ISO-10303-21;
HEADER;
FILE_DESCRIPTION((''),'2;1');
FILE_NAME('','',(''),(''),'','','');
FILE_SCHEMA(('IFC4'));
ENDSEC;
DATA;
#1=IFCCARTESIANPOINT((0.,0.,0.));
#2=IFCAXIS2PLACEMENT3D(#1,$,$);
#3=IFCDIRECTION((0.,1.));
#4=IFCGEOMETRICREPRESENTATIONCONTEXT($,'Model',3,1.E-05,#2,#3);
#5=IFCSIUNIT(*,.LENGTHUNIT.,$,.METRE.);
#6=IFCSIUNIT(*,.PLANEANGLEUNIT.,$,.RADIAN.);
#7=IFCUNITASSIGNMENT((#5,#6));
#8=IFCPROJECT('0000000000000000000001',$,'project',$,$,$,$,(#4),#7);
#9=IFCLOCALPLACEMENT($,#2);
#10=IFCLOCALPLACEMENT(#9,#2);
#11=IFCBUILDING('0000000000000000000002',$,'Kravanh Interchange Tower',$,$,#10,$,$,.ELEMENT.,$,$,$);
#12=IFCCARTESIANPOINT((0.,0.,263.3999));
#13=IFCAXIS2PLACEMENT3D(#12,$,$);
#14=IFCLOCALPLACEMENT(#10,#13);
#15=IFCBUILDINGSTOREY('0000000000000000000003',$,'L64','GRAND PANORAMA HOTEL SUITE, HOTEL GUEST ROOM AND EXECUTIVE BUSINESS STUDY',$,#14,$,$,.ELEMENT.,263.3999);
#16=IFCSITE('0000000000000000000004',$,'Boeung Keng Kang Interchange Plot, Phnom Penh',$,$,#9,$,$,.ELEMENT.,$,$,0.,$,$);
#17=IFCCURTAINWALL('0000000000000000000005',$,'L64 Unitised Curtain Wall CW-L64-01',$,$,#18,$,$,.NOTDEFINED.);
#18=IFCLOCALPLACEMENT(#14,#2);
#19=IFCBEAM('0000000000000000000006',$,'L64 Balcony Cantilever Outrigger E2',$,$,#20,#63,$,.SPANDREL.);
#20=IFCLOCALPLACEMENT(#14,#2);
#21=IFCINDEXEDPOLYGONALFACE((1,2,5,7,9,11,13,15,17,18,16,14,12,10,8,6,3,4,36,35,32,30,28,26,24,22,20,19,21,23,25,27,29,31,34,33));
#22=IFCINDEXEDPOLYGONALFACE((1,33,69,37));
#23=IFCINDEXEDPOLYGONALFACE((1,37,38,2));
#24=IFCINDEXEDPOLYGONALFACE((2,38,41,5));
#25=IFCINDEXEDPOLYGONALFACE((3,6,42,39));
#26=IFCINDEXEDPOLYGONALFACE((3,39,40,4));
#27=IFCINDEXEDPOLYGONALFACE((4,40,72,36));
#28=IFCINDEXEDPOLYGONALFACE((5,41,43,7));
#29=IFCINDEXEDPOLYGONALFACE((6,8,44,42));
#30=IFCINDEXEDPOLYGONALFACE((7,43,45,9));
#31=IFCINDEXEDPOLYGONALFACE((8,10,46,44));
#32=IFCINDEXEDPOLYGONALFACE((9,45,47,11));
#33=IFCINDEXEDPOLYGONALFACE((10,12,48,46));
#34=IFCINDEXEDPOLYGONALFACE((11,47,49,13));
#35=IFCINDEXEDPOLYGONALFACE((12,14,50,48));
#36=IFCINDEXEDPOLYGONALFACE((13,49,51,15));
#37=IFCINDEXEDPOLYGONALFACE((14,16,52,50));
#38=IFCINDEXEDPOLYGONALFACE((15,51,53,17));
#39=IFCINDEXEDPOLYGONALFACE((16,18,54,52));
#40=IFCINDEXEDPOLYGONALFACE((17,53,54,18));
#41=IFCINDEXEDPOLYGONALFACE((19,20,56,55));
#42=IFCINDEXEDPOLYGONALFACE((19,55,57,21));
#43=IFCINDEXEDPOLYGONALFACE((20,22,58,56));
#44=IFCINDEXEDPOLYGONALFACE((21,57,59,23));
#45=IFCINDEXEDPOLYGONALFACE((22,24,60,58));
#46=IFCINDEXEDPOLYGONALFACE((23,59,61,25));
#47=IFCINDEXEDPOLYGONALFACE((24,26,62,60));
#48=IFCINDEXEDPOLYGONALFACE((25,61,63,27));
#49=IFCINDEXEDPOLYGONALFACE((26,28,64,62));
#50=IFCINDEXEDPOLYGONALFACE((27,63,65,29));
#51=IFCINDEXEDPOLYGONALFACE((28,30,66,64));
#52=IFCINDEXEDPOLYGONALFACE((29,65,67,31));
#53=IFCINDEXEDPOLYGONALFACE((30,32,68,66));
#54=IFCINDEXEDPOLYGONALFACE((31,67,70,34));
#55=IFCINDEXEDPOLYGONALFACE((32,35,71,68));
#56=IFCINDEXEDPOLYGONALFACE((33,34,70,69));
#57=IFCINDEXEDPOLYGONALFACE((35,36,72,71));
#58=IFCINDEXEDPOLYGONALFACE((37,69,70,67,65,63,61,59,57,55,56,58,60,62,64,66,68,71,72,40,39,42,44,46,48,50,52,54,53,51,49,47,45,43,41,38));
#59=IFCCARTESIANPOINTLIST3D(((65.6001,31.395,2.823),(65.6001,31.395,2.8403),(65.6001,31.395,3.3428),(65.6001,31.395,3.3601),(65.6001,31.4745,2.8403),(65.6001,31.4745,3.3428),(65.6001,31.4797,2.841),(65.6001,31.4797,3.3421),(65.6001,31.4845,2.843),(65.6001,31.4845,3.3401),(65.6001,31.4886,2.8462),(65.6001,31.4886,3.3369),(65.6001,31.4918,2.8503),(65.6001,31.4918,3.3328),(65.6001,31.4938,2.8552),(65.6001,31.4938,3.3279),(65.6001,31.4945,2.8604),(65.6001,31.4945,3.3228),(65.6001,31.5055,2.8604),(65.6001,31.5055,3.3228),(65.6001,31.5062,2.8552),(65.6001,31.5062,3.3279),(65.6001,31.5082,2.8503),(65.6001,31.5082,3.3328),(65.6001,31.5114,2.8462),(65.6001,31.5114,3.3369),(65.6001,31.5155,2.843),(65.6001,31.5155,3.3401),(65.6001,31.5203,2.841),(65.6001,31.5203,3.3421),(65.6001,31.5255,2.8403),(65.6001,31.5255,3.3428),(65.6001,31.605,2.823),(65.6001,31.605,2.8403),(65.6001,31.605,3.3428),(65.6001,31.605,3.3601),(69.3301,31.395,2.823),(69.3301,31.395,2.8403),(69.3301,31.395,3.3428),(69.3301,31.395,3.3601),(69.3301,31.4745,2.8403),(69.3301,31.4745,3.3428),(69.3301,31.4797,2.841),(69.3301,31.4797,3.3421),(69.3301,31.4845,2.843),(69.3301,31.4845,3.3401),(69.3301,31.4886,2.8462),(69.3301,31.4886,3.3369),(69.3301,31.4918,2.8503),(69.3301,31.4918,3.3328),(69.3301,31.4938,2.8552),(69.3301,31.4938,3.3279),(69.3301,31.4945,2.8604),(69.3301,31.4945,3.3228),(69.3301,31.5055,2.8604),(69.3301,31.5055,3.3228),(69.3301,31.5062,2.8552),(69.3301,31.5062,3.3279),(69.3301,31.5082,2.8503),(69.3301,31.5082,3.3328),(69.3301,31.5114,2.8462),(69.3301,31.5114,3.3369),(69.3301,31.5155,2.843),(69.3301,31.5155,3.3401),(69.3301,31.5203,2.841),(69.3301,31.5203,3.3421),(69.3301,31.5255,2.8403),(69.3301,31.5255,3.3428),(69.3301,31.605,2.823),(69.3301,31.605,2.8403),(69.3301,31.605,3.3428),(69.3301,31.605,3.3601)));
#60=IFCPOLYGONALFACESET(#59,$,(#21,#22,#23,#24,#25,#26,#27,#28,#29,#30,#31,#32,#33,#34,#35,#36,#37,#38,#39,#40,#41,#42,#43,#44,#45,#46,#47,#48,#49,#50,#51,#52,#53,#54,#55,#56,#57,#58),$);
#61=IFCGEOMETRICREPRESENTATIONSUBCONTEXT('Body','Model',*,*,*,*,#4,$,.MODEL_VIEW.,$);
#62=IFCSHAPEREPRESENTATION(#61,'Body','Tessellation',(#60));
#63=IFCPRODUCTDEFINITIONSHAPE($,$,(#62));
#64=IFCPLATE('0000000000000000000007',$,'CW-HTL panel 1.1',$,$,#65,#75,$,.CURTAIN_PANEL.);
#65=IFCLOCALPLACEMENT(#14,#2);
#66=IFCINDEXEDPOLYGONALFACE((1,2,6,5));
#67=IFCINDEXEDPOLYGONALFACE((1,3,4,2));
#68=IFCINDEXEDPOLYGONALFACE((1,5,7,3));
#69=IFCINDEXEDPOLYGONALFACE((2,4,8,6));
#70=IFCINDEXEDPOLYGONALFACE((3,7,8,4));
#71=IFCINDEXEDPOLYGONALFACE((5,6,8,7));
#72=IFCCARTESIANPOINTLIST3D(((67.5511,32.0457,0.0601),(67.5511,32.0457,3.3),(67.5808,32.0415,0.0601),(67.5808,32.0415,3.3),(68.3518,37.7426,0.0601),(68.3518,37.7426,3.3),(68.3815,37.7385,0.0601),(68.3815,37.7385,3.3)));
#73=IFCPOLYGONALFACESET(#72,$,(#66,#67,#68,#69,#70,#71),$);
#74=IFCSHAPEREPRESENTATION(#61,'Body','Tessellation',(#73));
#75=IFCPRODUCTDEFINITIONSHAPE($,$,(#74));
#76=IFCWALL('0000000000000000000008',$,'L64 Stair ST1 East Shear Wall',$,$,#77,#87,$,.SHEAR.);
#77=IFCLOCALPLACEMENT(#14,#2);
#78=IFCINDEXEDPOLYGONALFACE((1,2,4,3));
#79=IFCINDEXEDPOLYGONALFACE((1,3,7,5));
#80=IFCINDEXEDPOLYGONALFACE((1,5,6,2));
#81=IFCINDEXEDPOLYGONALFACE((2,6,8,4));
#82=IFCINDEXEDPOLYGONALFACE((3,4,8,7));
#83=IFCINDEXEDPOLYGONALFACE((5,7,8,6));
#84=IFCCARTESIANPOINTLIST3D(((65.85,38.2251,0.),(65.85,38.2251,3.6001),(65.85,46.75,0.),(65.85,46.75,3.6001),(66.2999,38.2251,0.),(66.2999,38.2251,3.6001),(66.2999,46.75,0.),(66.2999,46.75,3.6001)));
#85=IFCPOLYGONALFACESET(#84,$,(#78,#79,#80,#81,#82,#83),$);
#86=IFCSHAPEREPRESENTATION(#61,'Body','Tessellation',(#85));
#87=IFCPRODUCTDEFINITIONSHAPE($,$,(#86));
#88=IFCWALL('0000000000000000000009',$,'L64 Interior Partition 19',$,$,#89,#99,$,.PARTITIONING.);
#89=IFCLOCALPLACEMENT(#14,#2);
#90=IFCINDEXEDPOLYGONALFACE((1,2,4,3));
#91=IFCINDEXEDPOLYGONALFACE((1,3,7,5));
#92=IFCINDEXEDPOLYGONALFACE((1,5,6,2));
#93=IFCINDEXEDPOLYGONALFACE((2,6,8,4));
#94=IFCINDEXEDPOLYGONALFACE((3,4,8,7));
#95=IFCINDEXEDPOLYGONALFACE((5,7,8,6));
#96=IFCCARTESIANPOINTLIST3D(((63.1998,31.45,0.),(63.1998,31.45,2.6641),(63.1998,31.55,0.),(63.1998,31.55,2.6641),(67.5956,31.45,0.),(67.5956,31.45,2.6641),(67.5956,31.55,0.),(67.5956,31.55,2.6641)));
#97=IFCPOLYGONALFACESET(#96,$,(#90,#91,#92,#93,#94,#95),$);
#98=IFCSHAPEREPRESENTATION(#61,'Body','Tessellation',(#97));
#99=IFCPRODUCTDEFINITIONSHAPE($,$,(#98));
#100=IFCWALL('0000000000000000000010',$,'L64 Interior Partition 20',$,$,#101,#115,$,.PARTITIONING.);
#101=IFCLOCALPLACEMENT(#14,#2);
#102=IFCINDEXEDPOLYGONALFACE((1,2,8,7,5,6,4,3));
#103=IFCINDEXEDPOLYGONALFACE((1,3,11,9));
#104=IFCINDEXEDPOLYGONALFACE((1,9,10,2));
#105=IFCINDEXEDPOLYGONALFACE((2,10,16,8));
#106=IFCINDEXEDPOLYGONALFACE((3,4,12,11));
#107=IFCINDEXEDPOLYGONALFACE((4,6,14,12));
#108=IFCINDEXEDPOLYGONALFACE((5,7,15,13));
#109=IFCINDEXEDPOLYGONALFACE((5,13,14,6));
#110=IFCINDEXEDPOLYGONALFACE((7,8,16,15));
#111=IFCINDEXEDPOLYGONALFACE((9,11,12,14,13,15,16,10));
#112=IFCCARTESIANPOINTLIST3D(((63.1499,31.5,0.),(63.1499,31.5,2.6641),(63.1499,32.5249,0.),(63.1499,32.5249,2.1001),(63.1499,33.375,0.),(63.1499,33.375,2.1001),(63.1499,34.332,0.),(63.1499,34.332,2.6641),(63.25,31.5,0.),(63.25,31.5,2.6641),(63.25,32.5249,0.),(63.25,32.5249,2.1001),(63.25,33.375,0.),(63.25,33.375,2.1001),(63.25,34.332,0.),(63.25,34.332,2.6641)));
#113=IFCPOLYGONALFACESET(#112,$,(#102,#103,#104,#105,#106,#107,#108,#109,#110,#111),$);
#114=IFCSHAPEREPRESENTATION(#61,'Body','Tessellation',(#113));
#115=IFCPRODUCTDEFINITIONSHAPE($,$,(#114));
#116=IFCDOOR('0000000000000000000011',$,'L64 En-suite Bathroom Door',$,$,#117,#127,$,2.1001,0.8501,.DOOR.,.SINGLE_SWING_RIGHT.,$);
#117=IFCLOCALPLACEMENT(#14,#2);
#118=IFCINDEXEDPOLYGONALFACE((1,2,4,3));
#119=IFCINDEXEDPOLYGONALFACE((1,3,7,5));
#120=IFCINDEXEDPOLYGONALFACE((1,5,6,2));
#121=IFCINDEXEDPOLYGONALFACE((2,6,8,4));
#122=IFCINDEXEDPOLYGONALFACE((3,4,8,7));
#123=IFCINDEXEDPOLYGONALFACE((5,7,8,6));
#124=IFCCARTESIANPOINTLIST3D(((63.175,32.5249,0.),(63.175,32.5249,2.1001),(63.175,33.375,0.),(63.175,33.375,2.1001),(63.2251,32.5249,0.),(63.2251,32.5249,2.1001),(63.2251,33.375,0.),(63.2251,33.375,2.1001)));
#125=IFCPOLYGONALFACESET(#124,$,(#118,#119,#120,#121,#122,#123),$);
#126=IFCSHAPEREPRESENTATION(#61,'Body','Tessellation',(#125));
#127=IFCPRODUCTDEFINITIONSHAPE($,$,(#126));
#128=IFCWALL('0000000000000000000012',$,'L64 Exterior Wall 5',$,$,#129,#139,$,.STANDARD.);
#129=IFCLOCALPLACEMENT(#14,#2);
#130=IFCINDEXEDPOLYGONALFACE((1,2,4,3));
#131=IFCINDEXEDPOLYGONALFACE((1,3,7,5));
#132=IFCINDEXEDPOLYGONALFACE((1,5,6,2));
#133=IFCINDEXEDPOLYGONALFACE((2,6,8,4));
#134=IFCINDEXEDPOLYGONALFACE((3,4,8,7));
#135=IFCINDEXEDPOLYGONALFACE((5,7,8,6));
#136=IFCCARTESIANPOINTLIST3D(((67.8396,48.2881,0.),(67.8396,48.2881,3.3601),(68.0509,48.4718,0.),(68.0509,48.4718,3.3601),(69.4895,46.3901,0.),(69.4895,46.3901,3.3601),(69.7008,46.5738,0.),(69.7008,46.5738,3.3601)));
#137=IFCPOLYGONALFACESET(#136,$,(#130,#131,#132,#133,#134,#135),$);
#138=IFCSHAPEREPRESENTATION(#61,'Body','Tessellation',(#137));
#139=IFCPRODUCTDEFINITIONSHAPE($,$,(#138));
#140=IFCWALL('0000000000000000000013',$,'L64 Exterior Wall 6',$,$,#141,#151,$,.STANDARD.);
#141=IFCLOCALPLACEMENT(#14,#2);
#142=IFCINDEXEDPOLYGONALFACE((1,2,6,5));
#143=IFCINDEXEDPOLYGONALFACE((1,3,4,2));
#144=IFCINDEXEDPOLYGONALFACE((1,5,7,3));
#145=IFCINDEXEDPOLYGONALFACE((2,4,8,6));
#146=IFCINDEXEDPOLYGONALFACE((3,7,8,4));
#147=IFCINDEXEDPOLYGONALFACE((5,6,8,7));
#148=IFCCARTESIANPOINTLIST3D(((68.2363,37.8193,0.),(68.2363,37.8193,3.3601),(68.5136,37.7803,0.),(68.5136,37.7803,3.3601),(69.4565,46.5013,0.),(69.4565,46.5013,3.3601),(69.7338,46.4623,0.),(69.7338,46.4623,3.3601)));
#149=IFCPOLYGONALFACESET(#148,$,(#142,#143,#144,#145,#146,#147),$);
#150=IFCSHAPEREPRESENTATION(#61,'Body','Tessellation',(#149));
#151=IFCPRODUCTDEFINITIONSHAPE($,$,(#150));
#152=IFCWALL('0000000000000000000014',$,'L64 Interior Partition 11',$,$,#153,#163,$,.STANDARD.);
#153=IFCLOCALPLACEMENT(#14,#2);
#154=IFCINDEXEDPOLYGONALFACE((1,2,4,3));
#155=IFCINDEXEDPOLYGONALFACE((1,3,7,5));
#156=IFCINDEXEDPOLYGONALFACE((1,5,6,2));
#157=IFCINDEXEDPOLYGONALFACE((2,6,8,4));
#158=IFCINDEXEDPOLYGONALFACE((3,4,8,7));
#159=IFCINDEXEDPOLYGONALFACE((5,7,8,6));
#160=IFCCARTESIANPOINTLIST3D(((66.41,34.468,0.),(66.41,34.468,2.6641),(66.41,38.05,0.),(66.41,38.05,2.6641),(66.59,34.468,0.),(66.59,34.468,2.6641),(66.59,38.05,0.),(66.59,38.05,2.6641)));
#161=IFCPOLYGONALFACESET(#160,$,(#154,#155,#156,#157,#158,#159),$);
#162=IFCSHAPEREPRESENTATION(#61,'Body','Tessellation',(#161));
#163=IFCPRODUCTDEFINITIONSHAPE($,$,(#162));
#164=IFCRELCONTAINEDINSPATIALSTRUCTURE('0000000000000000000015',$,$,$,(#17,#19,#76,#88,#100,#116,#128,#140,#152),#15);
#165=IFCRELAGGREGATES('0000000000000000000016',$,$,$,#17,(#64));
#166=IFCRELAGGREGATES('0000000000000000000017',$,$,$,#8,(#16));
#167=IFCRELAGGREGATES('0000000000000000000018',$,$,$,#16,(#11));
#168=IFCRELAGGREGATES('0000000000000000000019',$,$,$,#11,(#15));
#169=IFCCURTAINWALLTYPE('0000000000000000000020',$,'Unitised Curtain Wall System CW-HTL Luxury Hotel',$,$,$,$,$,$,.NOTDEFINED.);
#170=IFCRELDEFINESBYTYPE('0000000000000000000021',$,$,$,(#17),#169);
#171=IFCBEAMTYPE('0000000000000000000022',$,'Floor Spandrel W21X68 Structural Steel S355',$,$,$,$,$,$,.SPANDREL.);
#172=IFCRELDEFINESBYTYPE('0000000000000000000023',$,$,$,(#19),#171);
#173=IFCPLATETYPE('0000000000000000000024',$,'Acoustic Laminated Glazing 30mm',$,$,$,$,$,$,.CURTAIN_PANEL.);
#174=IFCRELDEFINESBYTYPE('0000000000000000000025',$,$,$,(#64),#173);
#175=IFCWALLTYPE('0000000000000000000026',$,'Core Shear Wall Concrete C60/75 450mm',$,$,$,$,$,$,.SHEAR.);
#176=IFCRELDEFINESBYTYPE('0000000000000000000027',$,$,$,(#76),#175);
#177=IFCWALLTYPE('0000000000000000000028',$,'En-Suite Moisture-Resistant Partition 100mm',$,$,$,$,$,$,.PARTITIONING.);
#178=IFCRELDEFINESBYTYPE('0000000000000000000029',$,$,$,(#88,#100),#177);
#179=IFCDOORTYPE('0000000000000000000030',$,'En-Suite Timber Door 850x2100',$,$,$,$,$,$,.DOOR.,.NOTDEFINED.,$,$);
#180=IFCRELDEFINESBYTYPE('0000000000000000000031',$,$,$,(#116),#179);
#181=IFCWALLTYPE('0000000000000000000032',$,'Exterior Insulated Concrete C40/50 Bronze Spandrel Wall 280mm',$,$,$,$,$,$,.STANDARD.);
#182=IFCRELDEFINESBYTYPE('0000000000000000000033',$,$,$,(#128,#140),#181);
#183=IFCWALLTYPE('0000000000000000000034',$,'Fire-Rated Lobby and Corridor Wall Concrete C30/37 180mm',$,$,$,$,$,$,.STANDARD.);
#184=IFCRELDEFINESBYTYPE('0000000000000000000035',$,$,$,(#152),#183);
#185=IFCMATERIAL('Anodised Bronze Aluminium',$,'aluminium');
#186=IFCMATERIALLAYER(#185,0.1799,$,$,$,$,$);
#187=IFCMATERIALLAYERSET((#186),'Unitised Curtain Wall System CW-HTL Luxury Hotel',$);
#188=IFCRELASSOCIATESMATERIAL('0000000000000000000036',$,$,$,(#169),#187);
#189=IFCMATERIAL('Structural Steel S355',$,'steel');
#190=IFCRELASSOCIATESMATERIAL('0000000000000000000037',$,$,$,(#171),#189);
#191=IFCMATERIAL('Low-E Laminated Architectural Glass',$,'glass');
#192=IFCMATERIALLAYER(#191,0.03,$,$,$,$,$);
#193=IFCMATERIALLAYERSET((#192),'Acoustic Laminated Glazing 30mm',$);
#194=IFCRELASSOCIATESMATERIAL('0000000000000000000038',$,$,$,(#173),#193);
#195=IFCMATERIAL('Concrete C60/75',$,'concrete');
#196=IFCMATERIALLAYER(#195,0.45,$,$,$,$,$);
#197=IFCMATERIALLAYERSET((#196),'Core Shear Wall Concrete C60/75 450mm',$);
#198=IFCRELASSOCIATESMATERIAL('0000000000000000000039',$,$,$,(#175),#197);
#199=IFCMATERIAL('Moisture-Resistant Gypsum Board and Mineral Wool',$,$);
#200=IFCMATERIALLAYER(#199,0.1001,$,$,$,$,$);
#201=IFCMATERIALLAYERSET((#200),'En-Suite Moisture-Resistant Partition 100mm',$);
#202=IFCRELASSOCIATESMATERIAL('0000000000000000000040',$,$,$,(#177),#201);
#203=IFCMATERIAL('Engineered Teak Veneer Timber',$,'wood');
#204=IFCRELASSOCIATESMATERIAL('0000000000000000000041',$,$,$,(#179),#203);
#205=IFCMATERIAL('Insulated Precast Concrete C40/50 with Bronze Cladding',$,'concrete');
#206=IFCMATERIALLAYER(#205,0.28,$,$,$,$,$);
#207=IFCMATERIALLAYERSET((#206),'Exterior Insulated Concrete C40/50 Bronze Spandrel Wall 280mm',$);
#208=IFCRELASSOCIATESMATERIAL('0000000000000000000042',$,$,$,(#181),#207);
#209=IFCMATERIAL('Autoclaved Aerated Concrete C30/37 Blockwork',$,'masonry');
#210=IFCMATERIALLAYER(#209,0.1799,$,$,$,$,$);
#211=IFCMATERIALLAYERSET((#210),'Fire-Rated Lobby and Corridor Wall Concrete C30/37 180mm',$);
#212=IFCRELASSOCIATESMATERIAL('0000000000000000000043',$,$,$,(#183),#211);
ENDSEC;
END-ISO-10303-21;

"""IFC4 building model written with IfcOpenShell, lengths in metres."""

from ifc_helpers import new_model, si_unit, direction, frame, frame_2d, origin, origin_2d, place, context, subcontext, project, spatial, rectangle, i_section, extrude, material, layer, layer_set, material_profile, profile_set, type_object, element, fill, aggregate, save


model = new_model("IFC4")

# Units and contexts
model_context = context("Model", 3, precision=1e-05, world=origin(), true_north=direction((0.0, 1.0)))
body_context = subcontext(model_context, "Body", "Model", "MODEL_VIEW")
ifc_project = project(units=[si_unit("LENGTHUNIT", "METRE"), si_unit("PLANEANGLEUNIT", "RADIAN")], contexts=[model_context])

# Site, building, storey
site_placement = place(None, origin())
site = spatial("IfcSite", under=ifc_project, at=site_placement, Name="Boeung Keng Kang Interchange Plot, Phnom Penh", CompositionType="ELEMENT", RefElevation=0.0)
building_placement = place(site_placement, origin())
building = spatial("IfcBuilding", under=site, at=building_placement, Name="Kravanh Interchange Tower", CompositionType="ELEMENT")
storey_placement = place(building_placement, frame((0.0, 0.0, 263.3999)))
storey = spatial("IfcBuildingStorey", under=building, at=storey_placement, Name="L64", Description="GRAND PANORAMA HOTEL SUITE, HOTEL GUEST ROOM AND EXECUTIVE BUSINESS STUDY", CompositionType="ELEMENT", Elevation=263.3999)

# Curtain wall
ifc_material_1 = material(Name="Anodised Bronze Aluminium", Category="aluminium")
ifc_layer_1 = layer(ifc_material_1, 0.1799)
ifc_layer_set_1 = layer_set([ifc_layer_1], Name="Unitised Curtain Wall System CW-HTL Luxury Hotel")
curtain_wall_type = type_object("IfcCurtainWallType", Name="Unitised Curtain Wall System CW-HTL Luxury Hotel", PredefinedType="NOTDEFINED", material=ifc_layer_set_1)
curtain_wall_placement = place(storey_placement, origin())
curtain_wall = element("IfcCurtainWall", 1, at=curtain_wall_placement, inside=storey, type_object=curtain_wall_type, Name="L64 Unitised Curtain Wall CW-L64-01", PredefinedType="NOTDEFINED")

# Beam
ifc_material_2 = material(Name="Structural Steel S355", Category="steel")
ifc_material_profile_1 = material_profile(ifc_material_2, i_section(OverallWidth=0.21, OverallDepth=0.5371, WebThickness=0.011, FlangeThickness=0.0173, FilletRadius=0.02, at=origin_2d()), Name="W21X68")
ifc_profile_set_1 = profile_set([ifc_material_profile_1], Name="Structural Steel S355")
beam_type_1 = type_object("IfcBeamType", Name="Floor Spandrel W21X68 Structural Steel S355", PredefinedType="SPANDREL", material=ifc_profile_set_1)
beam_1_placement = place(storey_placement, frame((65.6001, 31.5, 3.0916), z_axis=(1.0, 0.0, 0.0), x_axis=(0.0, 1.0, 0.0)))
element("IfcBeam", 2, at=beam_1_placement, inside=storey, type_object=beam_type_1, Name="L64 Balcony Cantilever Outrigger E2", PredefinedType="SPANDREL", context=body_context, shape_type="SweptSolid", body=[
    extrude(i_section(OverallWidth=0.21, OverallDepth=0.5371, WebThickness=0.011, FlangeThickness=0.0173, FilletRadius=0.02, at=origin_2d()), origin(), (0.0, 0.0, 1.0), 3.73),
])

# Plate
ifc_material_3 = material(Name="Low-E Laminated Architectural Glass", Category="glass")
ifc_layer_2 = layer(ifc_material_3, 0.03)
ifc_layer_set_2 = layer_set([ifc_layer_2], Name="Acoustic Laminated Glazing 30mm")
plate_type = type_object("IfcPlateType", Name="Acoustic Laminated Glazing 30mm", PredefinedType="CURTAIN_PANEL", material=ifc_layer_set_2)
plate_placement = place(storey_placement, frame((67.9663, 34.8921, 0.0601), z_axis=(0.0, 0.0, 1.0), x_axis=(-0.139175, -0.990268, 0.0)))
plate = element("IfcPlate", 3, at=plate_placement, type_object=plate_type, Name="CW-HTL panel 1.1", PredefinedType="CURTAIN_PANEL", context=body_context, shape_type="SweptSolid", body=[
    extrude(rectangle(XDim=5.7529, YDim=0.03, at=origin_2d()), origin(), (0.0, 0.0, 1.0), 3.24),
])
aggregate(curtain_wall, [plate])

# Walls
ifc_material_4 = material(Name="Concrete C60/75", Category="concrete")
ifc_layer_3 = layer(ifc_material_4, 0.45)
ifc_layer_set_3 = layer_set([ifc_layer_3], Name="Core Shear Wall Concrete C60/75 450mm")
wall_type_1 = type_object("IfcWallType", Name="Core Shear Wall Concrete C60/75 450mm", PredefinedType="SHEAR", material=ifc_layer_set_3)
wall_1_placement = place(storey_placement, frame((66.075, 38.2251, 0.0), z_axis=(0.0, 0.0, 1.0), x_axis=(0.0, 1.0, 0.0)))
element("IfcWall", 4, at=wall_1_placement, inside=storey, type_object=wall_type_1, Name="L64 Stair ST1 East Shear Wall", PredefinedType="SHEAR", context=body_context, shape_type="SweptSolid", body=[
    extrude(rectangle(XDim=8.5249, YDim=0.45, at=frame_2d((4.2625, 0.0))), origin(), (0.0, 0.0, 1.0), 3.6001),
])
ifc_material_5 = material(Name="Moisture-Resistant Gypsum Board and Mineral Wool")
ifc_layer_4 = layer(ifc_material_5, 0.1001)
ifc_layer_set_4 = layer_set([ifc_layer_4], Name="En-Suite Moisture-Resistant Partition 100mm")
wall_type_2 = type_object("IfcWallType", Name="En-Suite Moisture-Resistant Partition 100mm", PredefinedType="PARTITIONING", material=ifc_layer_set_4)
wall_2_placement = place(storey_placement, frame((63.2, 31.5, 0.0), z_axis=(0.0, 0.0, 1.0), x_axis=(1.0, 0.0, 0.0)))
element("IfcWall", 5, at=wall_2_placement, inside=storey, type_object=wall_type_2, Name="L64 Interior Partition 19", PredefinedType="PARTITIONING", context=body_context, shape_type="SweptSolid", body=[
    extrude(rectangle(XDim=4.3958, YDim=0.1001, at=frame_2d((2.1978, 0.0))), origin(), (0.0, 0.0, 1.0), 2.6641),
])

# Wall, opening, door
wall_3_placement = place(storey_placement, frame((63.2, 31.5, 0.0), z_axis=(0.0, 0.0, 1.0), x_axis=(0.0, 1.0, 0.0)))
wall_3 = element("IfcWall", 6, at=wall_3_placement, inside=storey, type_object=wall_type_2, Name="L64 Interior Partition 20", PredefinedType="PARTITIONING", context=body_context, shape_type="SweptSolid", body=[
    extrude(rectangle(XDim=2.832, YDim=0.1001, at=frame_2d((1.416, 0.0))), origin(), (0.0, 0.0, 1.0), 2.6641),
])
opening_placement = place(wall_3_placement, frame((1.0249, 0.0, 0.0)))
opening = element("IfcOpeningElement", 7, at=opening_placement, cuts=wall_3, PredefinedType="OPENING", context=body_context, shape_type="SweptSolid", body=[
    extrude(rectangle(XDim=0.8501, YDim=2.1001, at=frame_2d((0.425, 1.05))), frame((0.0, 0.0601, 0.0), z_axis=(0.0, -1.0, 0.0), x_axis=(1.0, 0.0, 0.0)), (0.0, 0.0, 1.0), 0.1201),
])
ifc_material_6 = material(Name="Engineered Teak Veneer Timber", Category="wood")
door_type = type_object("IfcDoorType", Name="En-Suite Timber Door 850x2100", OperationType="NOTDEFINED", PredefinedType="DOOR", material=ifc_material_6)
door_placement = place(opening_placement, origin())
door = element("IfcDoor", 8, at=door_placement, inside=storey, type_object=door_type, Name="L64 En-suite Bathroom Door", OperationType="SINGLE_SWING_RIGHT", OverallHeight=2.1001, OverallWidth=0.8501, PredefinedType="DOOR", context=body_context, shape_type="SweptSolid", body=[
    extrude(rectangle(XDim=0.8501, YDim=2.1001, at=frame_2d((0.425, 1.05))), frame((0.0, 0.0249, 0.0), z_axis=(0.0, -1.0, 0.0), x_axis=(1.0, 0.0, 0.0)), (0.0, 0.0, 1.0), 0.05),
])
fill(opening, door)

# Walls
ifc_material_7 = material(Name="Insulated Precast Concrete C40/50 with Bronze Cladding", Category="concrete")
ifc_layer_5 = layer(ifc_material_7, 0.28)
ifc_layer_set_5 = layer_set([ifc_layer_5], Name="Exterior Insulated Concrete C40/50 Bronze Spandrel Wall 280mm")
wall_type_3 = type_object("IfcWallType", Name="Exterior Insulated Concrete C40/50 Bronze Spandrel Wall 280mm", PredefinedType="STANDARD", material=ifc_layer_set_5)
wall_4_placement = place(storey_placement, frame((67.9453, 48.3799, 0.0), z_axis=(0.0, 0.0, 1.0), x_axis=(0.656068, -0.754702, 0.0)))
element("IfcWall", 9, at=wall_4_placement, inside=storey, type_object=wall_type_3, Name="L64 Exterior Wall 5", PredefinedType="STANDARD", context=body_context, shape_type="SweptSolid", body=[
    extrude(rectangle(XDim=2.5149, YDim=0.28, at=frame_2d((1.2573, 0.0))), origin(), (0.0, 0.0, 1.0), 3.3601),
])
wall_5_placement = place(storey_placement, frame((69.5952, 46.4819, 0.0), z_axis=(0.0, 0.0, 1.0), x_axis=(-0.139179, -0.990267, 0.0)))
element("IfcWall", 10, at=wall_5_placement, inside=storey, type_object=wall_type_3, Name="L64 Exterior Wall 6", PredefinedType="STANDARD", context=body_context, shape_type="SweptSolid", body=[
    extrude(rectangle(XDim=8.7673, YDim=0.28, at=frame_2d((4.3838, 0.0))), origin(), (0.0, 0.0, 1.0), 3.3601),
])
ifc_material_8 = material(Name="Autoclaved Aerated Concrete C30/37 Blockwork", Category="masonry")
ifc_layer_6 = layer(ifc_material_8, 0.1799)
ifc_layer_set_6 = layer_set([ifc_layer_6], Name="Fire-Rated Lobby and Corridor Wall Concrete C30/37 180mm")
wall_type_4 = type_object("IfcWallType", Name="Fire-Rated Lobby and Corridor Wall Concrete C30/37 180mm", PredefinedType="STANDARD", material=ifc_layer_set_6)
wall_6_placement = place(storey_placement, frame((66.5, 34.468, 0.0), z_axis=(0.0, 0.0, 1.0), x_axis=(0.0, 1.0, 0.0)))
element("IfcWall", 11, at=wall_6_placement, inside=storey, type_object=wall_type_4, Name="L64 Interior Partition 11", PredefinedType="STANDARD", context=body_context, shape_type="SweptSolid", body=[
    extrude(rectangle(XDim=3.582, YDim=0.1799, at=frame_2d((1.791, 0.0))), origin(), (0.0, 0.0, 1.0), 2.6641),
])

save(model, "model.ifc")
